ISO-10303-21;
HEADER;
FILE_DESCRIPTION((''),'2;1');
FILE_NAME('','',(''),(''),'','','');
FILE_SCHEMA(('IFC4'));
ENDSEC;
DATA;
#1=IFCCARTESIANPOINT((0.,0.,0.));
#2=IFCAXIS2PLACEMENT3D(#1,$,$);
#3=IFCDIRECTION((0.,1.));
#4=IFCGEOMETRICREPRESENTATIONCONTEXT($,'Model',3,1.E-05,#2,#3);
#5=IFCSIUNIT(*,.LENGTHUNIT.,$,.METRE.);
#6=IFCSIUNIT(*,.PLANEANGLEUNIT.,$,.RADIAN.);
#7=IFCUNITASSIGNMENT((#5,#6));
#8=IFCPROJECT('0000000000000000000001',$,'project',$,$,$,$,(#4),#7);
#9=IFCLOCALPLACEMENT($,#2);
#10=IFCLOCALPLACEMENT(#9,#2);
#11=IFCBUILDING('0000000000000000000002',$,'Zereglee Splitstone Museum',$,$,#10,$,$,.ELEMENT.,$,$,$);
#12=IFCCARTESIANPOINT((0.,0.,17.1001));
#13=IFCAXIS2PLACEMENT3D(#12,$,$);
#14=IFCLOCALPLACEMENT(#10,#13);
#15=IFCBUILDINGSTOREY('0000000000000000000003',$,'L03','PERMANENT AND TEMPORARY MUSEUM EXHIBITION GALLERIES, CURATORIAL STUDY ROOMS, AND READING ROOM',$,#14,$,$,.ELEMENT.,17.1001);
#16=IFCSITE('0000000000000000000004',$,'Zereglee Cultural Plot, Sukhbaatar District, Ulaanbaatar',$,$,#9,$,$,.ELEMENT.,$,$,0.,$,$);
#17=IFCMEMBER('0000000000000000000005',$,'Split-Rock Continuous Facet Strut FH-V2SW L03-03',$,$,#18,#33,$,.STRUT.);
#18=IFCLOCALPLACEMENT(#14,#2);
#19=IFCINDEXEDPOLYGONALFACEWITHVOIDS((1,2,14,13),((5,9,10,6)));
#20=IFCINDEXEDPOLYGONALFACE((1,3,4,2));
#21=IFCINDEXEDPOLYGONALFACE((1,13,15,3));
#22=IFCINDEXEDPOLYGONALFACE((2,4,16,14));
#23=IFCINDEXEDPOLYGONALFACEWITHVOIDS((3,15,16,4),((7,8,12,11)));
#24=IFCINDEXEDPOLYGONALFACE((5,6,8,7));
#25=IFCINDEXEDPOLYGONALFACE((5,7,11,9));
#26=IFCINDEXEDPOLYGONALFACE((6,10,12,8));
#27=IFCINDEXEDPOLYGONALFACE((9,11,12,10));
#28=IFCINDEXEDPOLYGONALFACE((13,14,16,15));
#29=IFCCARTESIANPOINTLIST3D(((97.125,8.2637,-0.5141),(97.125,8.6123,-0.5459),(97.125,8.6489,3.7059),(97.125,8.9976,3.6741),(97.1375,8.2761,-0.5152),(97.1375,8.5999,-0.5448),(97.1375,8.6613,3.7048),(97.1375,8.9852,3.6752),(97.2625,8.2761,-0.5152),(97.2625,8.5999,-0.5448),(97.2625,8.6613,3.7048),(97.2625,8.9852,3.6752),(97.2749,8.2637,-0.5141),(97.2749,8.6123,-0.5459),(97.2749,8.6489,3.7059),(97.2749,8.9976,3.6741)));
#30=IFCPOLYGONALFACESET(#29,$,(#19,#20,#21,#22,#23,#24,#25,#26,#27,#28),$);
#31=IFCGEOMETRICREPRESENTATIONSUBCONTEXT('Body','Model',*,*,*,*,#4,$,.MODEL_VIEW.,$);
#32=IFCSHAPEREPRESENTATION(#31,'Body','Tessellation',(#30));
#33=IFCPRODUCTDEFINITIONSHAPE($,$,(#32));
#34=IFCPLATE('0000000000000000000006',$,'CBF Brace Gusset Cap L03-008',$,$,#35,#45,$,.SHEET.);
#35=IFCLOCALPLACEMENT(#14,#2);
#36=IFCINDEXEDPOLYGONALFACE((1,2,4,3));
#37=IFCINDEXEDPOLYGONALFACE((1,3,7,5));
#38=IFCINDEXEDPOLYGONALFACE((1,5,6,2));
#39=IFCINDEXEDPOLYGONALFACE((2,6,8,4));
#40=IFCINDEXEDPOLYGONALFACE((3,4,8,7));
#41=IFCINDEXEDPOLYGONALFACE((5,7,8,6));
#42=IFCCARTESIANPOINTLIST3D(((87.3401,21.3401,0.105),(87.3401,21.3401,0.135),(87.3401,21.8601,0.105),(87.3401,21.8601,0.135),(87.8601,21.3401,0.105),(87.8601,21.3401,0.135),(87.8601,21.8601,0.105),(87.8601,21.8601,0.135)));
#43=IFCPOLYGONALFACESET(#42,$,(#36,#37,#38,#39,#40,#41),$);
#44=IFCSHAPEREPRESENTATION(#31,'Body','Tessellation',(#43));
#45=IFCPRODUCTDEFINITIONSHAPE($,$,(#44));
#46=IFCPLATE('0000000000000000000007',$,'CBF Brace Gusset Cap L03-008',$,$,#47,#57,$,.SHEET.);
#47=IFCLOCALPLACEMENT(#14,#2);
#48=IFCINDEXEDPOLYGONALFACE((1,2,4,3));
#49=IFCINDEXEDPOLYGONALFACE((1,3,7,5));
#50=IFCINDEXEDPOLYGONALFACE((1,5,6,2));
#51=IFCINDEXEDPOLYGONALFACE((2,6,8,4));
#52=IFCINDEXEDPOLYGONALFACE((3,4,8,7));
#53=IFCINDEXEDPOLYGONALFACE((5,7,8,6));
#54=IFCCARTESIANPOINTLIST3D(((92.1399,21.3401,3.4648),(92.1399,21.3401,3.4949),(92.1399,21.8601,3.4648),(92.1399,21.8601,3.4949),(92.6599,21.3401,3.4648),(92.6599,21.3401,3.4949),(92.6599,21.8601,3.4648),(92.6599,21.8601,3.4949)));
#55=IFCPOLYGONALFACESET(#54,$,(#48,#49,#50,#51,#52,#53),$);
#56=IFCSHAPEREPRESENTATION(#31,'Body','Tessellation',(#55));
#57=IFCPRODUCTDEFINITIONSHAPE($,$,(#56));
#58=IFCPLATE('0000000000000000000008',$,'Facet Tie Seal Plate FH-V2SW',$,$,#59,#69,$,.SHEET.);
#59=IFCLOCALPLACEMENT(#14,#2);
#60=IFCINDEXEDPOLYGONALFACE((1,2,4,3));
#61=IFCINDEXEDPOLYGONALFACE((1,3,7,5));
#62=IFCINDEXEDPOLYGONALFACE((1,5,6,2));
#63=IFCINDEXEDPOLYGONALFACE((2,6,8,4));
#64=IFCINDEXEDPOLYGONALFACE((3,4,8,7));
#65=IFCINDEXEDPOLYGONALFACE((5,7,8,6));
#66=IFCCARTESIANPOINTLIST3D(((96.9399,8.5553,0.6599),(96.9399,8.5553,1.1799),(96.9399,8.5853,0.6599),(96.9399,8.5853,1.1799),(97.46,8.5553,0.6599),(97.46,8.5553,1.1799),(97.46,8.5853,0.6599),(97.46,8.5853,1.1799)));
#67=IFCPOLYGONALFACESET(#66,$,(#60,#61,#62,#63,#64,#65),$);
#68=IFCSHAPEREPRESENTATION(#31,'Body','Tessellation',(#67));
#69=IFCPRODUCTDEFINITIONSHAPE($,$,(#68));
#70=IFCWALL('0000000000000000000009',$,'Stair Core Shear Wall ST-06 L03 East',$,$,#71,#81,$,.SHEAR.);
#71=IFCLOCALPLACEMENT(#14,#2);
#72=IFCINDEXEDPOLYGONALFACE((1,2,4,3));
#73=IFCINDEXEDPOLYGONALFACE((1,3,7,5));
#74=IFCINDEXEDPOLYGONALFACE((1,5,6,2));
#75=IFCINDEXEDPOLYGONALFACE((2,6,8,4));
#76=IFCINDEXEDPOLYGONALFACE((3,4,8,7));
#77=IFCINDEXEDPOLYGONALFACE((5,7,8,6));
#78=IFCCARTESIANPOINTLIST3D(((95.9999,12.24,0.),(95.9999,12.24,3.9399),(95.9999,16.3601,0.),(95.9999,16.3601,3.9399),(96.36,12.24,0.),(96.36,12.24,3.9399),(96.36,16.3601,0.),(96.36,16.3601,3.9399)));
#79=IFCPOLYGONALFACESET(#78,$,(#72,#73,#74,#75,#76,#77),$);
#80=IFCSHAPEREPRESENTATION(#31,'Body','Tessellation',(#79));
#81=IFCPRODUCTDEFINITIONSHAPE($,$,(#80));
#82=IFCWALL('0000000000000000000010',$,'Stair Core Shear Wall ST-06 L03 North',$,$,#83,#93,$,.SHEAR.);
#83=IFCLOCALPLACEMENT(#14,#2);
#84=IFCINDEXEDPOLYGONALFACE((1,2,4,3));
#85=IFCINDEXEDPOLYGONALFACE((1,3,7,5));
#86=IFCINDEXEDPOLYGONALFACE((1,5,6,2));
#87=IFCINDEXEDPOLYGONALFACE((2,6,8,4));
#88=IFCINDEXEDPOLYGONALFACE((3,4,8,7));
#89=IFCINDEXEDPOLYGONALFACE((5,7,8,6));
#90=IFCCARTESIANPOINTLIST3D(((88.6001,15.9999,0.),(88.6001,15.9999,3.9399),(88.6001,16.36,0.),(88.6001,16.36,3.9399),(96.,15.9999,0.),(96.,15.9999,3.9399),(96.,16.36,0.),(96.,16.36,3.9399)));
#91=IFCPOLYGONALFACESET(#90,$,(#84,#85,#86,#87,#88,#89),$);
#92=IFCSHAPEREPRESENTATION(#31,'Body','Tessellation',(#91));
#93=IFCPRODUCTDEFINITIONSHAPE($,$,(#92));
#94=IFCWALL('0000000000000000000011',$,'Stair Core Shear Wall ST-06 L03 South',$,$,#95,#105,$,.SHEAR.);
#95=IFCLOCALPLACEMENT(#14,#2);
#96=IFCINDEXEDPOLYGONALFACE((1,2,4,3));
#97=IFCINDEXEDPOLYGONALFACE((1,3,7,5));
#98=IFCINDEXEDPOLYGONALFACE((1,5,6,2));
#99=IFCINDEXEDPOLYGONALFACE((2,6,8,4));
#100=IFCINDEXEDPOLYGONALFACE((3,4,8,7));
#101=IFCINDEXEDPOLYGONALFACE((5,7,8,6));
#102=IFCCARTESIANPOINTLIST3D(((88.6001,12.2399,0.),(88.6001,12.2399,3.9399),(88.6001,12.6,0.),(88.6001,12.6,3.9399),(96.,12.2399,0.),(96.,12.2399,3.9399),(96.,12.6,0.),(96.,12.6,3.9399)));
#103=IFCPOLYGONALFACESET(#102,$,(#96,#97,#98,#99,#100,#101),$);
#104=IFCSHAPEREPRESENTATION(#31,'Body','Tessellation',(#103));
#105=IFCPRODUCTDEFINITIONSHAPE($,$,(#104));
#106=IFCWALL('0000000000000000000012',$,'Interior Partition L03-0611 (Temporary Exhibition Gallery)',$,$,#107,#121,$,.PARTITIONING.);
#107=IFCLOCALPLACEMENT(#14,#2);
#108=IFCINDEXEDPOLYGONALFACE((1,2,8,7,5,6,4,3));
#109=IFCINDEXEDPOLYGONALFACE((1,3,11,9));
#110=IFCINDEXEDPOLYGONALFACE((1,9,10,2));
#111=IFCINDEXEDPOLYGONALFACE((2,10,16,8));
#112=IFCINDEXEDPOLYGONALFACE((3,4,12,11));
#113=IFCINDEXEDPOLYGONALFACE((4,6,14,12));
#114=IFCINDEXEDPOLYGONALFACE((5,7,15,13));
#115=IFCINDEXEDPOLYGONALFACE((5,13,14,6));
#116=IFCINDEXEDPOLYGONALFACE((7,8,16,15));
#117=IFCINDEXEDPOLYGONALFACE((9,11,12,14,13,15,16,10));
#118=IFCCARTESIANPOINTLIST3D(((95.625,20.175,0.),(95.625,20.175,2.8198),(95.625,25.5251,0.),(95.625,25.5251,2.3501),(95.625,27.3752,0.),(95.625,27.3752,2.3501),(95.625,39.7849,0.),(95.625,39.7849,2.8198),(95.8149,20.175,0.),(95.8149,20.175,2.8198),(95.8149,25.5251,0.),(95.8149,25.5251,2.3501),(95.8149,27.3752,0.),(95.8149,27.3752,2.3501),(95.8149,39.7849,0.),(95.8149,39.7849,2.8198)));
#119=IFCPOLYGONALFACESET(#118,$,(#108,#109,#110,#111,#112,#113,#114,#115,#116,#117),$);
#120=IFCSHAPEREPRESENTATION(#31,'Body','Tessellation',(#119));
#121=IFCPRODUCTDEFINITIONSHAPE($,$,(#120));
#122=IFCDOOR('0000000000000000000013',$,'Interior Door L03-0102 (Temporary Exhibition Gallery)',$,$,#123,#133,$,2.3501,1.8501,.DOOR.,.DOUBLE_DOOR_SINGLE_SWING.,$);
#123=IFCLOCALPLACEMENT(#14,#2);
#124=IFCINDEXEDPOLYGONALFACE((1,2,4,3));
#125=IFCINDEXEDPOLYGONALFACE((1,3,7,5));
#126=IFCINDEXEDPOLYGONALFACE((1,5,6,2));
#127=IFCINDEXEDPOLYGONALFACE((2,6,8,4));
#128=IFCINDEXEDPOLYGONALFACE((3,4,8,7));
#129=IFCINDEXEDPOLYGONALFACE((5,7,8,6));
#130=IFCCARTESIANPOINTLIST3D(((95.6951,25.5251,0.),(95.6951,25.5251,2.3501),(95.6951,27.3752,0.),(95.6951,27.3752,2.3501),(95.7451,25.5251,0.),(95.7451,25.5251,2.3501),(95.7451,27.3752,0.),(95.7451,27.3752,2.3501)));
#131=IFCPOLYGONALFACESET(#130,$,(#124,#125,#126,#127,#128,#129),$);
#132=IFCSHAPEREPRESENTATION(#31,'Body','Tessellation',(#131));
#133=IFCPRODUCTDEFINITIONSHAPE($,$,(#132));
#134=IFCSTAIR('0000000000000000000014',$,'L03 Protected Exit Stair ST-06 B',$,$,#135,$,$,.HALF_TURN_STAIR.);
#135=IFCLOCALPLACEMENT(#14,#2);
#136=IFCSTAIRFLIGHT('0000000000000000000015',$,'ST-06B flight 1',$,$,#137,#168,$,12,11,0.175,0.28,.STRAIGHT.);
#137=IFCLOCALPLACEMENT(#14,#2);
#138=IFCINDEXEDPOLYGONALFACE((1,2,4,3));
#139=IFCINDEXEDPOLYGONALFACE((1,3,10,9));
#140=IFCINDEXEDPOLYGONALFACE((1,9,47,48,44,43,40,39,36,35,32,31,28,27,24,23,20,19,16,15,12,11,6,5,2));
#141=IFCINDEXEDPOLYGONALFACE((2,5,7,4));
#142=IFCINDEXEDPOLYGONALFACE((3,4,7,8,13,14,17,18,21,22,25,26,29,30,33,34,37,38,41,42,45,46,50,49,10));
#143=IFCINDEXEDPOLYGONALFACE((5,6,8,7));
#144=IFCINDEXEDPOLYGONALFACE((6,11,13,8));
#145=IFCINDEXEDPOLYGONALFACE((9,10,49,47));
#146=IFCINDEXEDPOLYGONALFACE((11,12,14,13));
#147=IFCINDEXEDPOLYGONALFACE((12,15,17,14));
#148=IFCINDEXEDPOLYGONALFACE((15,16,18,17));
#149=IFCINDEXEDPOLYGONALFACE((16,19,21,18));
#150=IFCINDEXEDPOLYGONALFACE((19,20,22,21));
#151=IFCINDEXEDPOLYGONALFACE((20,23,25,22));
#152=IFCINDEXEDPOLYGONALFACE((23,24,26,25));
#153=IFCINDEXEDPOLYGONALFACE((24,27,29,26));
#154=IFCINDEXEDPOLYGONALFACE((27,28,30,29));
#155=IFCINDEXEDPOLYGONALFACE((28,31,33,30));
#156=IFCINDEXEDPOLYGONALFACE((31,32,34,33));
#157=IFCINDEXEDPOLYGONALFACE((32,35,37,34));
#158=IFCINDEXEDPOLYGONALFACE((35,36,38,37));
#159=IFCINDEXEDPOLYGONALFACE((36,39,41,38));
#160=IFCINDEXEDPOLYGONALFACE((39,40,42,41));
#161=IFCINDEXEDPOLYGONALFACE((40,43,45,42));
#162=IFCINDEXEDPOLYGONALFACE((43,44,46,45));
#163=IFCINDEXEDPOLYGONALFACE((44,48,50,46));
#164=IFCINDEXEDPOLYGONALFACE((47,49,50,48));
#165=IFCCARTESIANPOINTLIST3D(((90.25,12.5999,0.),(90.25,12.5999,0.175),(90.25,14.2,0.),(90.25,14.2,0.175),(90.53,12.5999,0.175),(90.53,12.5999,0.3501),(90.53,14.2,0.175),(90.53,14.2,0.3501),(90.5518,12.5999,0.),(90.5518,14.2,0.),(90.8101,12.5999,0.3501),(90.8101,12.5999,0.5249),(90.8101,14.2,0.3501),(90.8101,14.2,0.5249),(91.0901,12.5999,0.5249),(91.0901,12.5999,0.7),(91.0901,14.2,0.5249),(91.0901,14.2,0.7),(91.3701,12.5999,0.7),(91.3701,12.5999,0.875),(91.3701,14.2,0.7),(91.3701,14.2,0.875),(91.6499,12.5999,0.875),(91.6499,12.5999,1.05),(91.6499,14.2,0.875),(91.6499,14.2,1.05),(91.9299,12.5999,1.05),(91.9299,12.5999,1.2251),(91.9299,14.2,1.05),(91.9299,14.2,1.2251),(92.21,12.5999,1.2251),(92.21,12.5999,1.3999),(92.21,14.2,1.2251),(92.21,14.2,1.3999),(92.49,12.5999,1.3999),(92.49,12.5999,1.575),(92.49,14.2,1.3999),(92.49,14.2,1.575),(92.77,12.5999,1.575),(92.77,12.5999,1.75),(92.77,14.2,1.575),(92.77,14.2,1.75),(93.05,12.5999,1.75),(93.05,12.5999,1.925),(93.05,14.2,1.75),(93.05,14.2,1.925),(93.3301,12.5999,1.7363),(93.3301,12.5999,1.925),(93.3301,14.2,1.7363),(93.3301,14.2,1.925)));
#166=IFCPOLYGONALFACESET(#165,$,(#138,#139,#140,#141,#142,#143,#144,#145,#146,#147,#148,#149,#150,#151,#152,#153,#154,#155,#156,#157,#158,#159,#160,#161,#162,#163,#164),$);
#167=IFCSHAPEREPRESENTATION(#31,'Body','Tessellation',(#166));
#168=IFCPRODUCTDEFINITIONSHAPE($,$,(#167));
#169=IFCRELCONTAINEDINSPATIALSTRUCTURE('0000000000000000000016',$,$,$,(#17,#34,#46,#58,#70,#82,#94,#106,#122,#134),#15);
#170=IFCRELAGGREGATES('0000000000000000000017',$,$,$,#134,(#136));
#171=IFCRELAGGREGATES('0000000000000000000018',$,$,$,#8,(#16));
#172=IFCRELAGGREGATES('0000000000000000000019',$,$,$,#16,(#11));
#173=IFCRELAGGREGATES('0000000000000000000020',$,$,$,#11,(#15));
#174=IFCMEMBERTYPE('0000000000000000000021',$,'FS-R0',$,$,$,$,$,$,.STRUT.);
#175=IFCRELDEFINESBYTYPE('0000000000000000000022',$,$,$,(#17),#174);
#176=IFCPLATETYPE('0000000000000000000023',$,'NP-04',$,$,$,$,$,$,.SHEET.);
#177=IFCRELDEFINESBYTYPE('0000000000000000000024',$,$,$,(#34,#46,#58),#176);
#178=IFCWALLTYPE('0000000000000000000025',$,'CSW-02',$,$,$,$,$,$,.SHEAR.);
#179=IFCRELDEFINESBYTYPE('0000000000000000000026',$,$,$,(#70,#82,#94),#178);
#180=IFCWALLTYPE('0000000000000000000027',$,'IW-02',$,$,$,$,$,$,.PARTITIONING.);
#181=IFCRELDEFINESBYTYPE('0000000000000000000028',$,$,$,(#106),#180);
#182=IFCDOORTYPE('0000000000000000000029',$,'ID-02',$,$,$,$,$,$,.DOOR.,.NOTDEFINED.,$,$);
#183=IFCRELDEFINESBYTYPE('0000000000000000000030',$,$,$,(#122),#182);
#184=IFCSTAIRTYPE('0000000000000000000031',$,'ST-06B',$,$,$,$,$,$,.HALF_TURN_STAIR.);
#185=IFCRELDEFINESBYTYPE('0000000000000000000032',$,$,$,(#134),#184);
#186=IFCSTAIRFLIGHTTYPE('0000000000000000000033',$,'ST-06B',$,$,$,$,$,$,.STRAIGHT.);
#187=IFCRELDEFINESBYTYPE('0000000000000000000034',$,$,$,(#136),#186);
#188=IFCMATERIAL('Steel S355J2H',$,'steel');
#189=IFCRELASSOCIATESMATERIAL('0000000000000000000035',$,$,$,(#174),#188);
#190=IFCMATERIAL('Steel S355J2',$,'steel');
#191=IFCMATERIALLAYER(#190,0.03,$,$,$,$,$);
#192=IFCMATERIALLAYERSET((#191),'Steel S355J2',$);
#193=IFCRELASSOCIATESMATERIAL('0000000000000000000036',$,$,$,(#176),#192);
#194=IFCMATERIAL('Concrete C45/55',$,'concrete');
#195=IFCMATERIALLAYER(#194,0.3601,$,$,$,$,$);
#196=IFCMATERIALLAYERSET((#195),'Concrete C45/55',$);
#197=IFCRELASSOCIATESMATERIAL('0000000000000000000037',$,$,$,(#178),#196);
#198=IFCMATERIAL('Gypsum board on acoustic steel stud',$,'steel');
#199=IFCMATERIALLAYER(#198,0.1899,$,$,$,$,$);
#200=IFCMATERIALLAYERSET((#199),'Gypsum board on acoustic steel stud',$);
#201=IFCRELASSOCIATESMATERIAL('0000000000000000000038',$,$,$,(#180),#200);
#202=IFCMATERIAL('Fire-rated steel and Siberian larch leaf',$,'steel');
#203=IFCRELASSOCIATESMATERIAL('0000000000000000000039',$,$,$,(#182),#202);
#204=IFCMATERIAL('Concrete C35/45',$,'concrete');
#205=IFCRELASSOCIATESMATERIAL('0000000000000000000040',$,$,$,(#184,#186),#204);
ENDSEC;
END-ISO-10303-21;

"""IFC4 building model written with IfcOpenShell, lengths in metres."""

from ifc_helpers import new_model, si_unit, direction, frame, frame_2d, origin, origin_2d, place, context, subcontext, project, spatial, polyline, rectangle, hollow_rectangle, outline, extrude, material, layer, layer_set, material_profile, profile_set, type_object, element, fill, aggregate, save


model = new_model("IFC4")

# Units and contexts
model_context = context("Model", 3, precision=1e-05, world=origin(), true_north=direction((0.0, 1.0)))
body_context = subcontext(model_context, "Body", "Model", "MODEL_VIEW")
ifc_project = project(units=[si_unit("LENGTHUNIT", "METRE"), si_unit("PLANEANGLEUNIT", "RADIAN")], contexts=[model_context])

# Site, building, storey
site_placement = place(None, origin())
site = spatial("IfcSite", under=ifc_project, at=site_placement, Name="Zereglee Cultural Plot, Sukhbaatar District, Ulaanbaatar", CompositionType="ELEMENT", RefElevation=0.0)
building_placement = place(site_placement, origin())
building = spatial("IfcBuilding", under=site, at=building_placement, Name="Zereglee Splitstone Museum", CompositionType="ELEMENT")
storey_placement = place(building_placement, frame((0.0, 0.0, 17.1001)))
storey = spatial("IfcBuildingStorey", under=building, at=storey_placement, Name="L03", Description="PERMANENT AND TEMPORARY MUSEUM EXHIBITION GALLERIES, CURATORIAL STUDY ROOMS, AND READING ROOM", CompositionType="ELEMENT", Elevation=17.1001)

# Shared definitions
ifc_material_1 = material(Name="Steel S355J2H", Category="steel")
ifc_material_2 = material(Name="Steel S355J2", Category="steel")

# Member
ifc_material_profile_1 = material_profile(ifc_material_1, hollow_rectangle(XDim=0.1499, YDim=0.3501, WallThickness=0.0125, at=origin_2d()), Name="RHS 350x150x12.5")
ifc_profile_set_1 = profile_set([ifc_material_profile_1], Name="Steel S355J2H")
member_type_1 = type_object("IfcMemberType", Name="FS-R0", PredefinedType="STRUT", material=ifc_profile_set_1)
member_1_placement = place(storey_placement, frame((97.2, 8.438, -0.53), z_axis=(0.0, 0.090915, 0.995859), x_axis=(-1.0, 0.0, 0.0)))
element("IfcMember", 1, at=member_1_placement, inside=storey, type_object=member_type_1, Name="Split-Rock Continuous Facet Strut FH-V2SW L03-03", PredefinedType="STRUT", context=body_context, shape_type="SweptSolid", body=[
    extrude(hollow_rectangle(XDim=0.1499, YDim=0.3501, WallThickness=0.0125, at=origin_2d()), origin(), (0.0, 0.0, 1.0), 4.2375),
])

# Plates
ifc_layer_1 = layer(ifc_material_2, 0.03)
ifc_layer_set_1 = layer_set([ifc_layer_1], Name="Steel S355J2")
plate_type = type_object("IfcPlateType", Name="NP-04", PredefinedType="SHEET", material=ifc_layer_set_1)
for number, where, z_axis, x_axis, name in (
    (2, (87.6001, 21.6001, 0.105), (0.0, 0.0, 1.0), (1.0, 0.0, 0.0), "CBF Brace Gusset Cap L03-008"),
    (3, (92.3999, 21.6001, 3.4648), (0.0, 0.0, 1.0), (1.0, 0.0, 0.0), "CBF Brace Gusset Cap L03-008"),
):
    element("IfcPlate", number, at=place(storey_placement, frame(where, z_axis=z_axis, x_axis=x_axis)), inside=storey, type_object=plate_type, Name=name, PredefinedType="SHEET", context=body_context, shape_type="SweptSolid", body=[
        extrude(rectangle(XDim=0.52, YDim=0.52, at=origin_2d()), origin(), (0.0, 0.0, 1.0), 0.03),
    ])
plate_placement = place(storey_placement, frame((97.2, 8.5703, 0.6599), z_axis=(0.0, 0.0, 1.0), x_axis=(1.0, 0.0, 0.0)))
element("IfcPlate", 4, at=plate_placement, inside=storey, type_object=plate_type, Name="Facet Tie Seal Plate FH-V2SW", PredefinedType="SHEET", context=body_context, shape_type="SweptSolid", body=[
    extrude(rectangle(XDim=0.52, YDim=0.03, at=origin_2d()), origin(), (0.0, 0.0, 1.0), 0.52),
])

# Shared definitions
ifc_material_3 = material(Name="Concrete C45/55", Category="concrete")
ifc_layer_2 = layer(ifc_material_3, 0.3601)
ifc_layer_set_2 = layer_set([ifc_layer_2], Name="Concrete C45/55")
wall_type_1 = type_object("IfcWallType", Name="CSW-02", PredefinedType="SHEAR", material=ifc_layer_set_2)
ifc_material_4 = material(Name="Fire-rated steel and Siberian larch leaf", Category="steel")

# Walls
wall_1_placement = place(storey_placement, frame((96.1799, 12.24, 0.0), z_axis=(0.0, 0.0, 1.0), x_axis=(0.0, 1.0, 0.0)))
element("IfcWall", 5, at=wall_1_placement, inside=storey, type_object=wall_type_1, Name="Stair Core Shear Wall ST-06 L03 East", PredefinedType="SHEAR", context=body_context, shape_type="SweptSolid", body=[
    extrude(rectangle(XDim=4.1201, YDim=0.3601, at=frame_2d((2.0601, 0.0))), origin(), (0.0, 0.0, 1.0), 3.9399),
])
for number, where, z_axis, x_axis, name in (
    (6, (88.6001, 16.1799, 0.0), (0.0, 0.0, 1.0), (1.0, 0.0, 0.0), "Stair Core Shear Wall ST-06 L03 North"),
    (7, (88.6001, 12.4199, 0.0), (0.0, 0.0, 1.0), (1.0, 0.0, 0.0), "Stair Core Shear Wall ST-06 L03 South"),
):
    element("IfcWall", number, at=place(storey_placement, frame(where, z_axis=z_axis, x_axis=x_axis)), inside=storey, type_object=wall_type_1, Name=name, PredefinedType="SHEAR", context=body_context, shape_type="SweptSolid", body=[
        extrude(rectangle(XDim=7.3999, YDim=0.3601, at=frame_2d((3.7, 0.0))), origin(), (0.0, 0.0, 1.0), 3.9399),
    ])

# Wall, opening, door
ifc_material_5 = material(Name="Gypsum board on acoustic steel stud", Category="steel")
ifc_layer_3 = layer(ifc_material_5, 0.1899)
ifc_layer_set_3 = layer_set([ifc_layer_3], Name="Gypsum board on acoustic steel stud")
wall_type_2 = type_object("IfcWallType", Name="IW-02", PredefinedType="PARTITIONING", material=ifc_layer_set_3)
wall_2_placement = place(storey_placement, frame((95.72, 20.175, 0.0), z_axis=(0.0, 0.0, 1.0), x_axis=(0.0, 1.0, 0.0)))
wall_2 = element("IfcWall", 8, at=wall_2_placement, inside=storey, type_object=wall_type_2, Name="Interior Partition L03-0611 (Temporary Exhibition Gallery)", PredefinedType="PARTITIONING", context=body_context, shape_type="SweptSolid", body=[
    extrude(rectangle(XDim=19.6099, YDim=0.1899, at=frame_2d((9.8049, 0.0))), origin(), (0.0, 0.0, 1.0), 2.8198),
])
opening_1_placement = place(wall_2_placement, frame((5.3501, 0.0, 0.0)))
opening_1 = element("IfcOpeningElement", 9, at=opening_1_placement, cuts=wall_2, PredefinedType="OPENING", context=body_context, shape_type="SweptSolid", body=[
    extrude(rectangle(XDim=1.8501, YDim=2.3501, at=frame_2d((0.925, 1.175))), frame((0.0, 0.1099, 0.0), z_axis=(0.0, -1.0, 0.0), x_axis=(1.0, 0.0, 0.0)), (0.0, 0.0, 1.0), 0.2197),
])
door_type_1 = type_object("IfcDoorType", Name="ID-02", OperationType="NOTDEFINED", PredefinedType="DOOR", material=ifc_material_4)
door_1_placement = place(opening_1_placement, origin())
door_1 = element("IfcDoor", 10, at=door_1_placement, inside=storey, type_object=door_type_1, Name="Interior Door L03-0102 (Temporary Exhibition Gallery)", OperationType="DOUBLE_DOOR_SINGLE_SWING", OverallHeight=2.3501, OverallWidth=1.8501, PredefinedType="DOOR", context=body_context, shape_type="SweptSolid", body=[
    extrude(rectangle(XDim=1.8501, YDim=2.3501, at=frame_2d((0.925, 1.175))), frame((0.0, 0.0249, 0.0), z_axis=(0.0, -1.0, 0.0), x_axis=(1.0, 0.0, 0.0)), (0.0, 0.0, 1.0), 0.05),
])
fill(opening_1, door_1)

# Stair, stair flight
ifc_material_6 = material(Name="Concrete C35/45", Category="concrete")
stair_type = type_object("IfcStairType", Name="ST-06B", PredefinedType="HALF_TURN_STAIR", material=ifc_material_6)
stair_placement = place(storey_placement, origin())
stair = element("IfcStair", 11, at=stair_placement, inside=storey, type_object=stair_type, Name="L03 Protected Exit Stair ST-06 B", PredefinedType="HALF_TURN_STAIR")
stair_flight_type = type_object("IfcStairFlightType", Name="ST-06B", PredefinedType="STRAIGHT", material=ifc_material_6)
stair_flight_1_placement = place(storey_placement, frame((90.25, 13.3999, 0.0), z_axis=(0.0, 0.0, 1.0), x_axis=(1.0, 0.0, 0.0)))
stair_flight_1 = element("IfcStairFlight", 12, at=stair_flight_1_placement, type_object=stair_flight_type, Name="ST-06B flight 1", NumberOfRisers=12, NumberOfTreads=11, PredefinedType="STRAIGHT", RiserHeight=0.175, TreadLength=0.28, context=body_context, shape_type="SweptSolid", body=[
    extrude(outline(polyline([(0.0, 0.0), (0.0, 0.175), (0.28, 0.175), (0.28, 0.3501), (0.5601, 0.3501), (0.5601, 0.5249), (0.8401, 0.5249), (0.8401, 0.7), (1.1201, 0.7), (1.1201, 0.875), (1.3999, 0.875), (1.3999, 1.05), (1.6799, 1.05), (1.6799, 1.2251), (1.96, 1.2251), (1.96, 1.3999), (2.24, 1.3999), (2.24, 1.575), (2.52, 1.575), (2.52, 1.75), (2.8, 1.75), (2.8, 1.925), (3.0801, 1.925), (3.0801, 2.1001), (3.0801, 1.7363), (0.3018, 0.0), (0.0, 0.0)])), frame((0.0, 0.8, 0.0), z_axis=(0.0, -1.0, 0.0), x_axis=(1.0, 0.0, 0.0)), (0.0, 0.0, 1.0), 1.6001),
])
aggregate(stair, [stair_flight_1])

save(model, "model.ifc")
